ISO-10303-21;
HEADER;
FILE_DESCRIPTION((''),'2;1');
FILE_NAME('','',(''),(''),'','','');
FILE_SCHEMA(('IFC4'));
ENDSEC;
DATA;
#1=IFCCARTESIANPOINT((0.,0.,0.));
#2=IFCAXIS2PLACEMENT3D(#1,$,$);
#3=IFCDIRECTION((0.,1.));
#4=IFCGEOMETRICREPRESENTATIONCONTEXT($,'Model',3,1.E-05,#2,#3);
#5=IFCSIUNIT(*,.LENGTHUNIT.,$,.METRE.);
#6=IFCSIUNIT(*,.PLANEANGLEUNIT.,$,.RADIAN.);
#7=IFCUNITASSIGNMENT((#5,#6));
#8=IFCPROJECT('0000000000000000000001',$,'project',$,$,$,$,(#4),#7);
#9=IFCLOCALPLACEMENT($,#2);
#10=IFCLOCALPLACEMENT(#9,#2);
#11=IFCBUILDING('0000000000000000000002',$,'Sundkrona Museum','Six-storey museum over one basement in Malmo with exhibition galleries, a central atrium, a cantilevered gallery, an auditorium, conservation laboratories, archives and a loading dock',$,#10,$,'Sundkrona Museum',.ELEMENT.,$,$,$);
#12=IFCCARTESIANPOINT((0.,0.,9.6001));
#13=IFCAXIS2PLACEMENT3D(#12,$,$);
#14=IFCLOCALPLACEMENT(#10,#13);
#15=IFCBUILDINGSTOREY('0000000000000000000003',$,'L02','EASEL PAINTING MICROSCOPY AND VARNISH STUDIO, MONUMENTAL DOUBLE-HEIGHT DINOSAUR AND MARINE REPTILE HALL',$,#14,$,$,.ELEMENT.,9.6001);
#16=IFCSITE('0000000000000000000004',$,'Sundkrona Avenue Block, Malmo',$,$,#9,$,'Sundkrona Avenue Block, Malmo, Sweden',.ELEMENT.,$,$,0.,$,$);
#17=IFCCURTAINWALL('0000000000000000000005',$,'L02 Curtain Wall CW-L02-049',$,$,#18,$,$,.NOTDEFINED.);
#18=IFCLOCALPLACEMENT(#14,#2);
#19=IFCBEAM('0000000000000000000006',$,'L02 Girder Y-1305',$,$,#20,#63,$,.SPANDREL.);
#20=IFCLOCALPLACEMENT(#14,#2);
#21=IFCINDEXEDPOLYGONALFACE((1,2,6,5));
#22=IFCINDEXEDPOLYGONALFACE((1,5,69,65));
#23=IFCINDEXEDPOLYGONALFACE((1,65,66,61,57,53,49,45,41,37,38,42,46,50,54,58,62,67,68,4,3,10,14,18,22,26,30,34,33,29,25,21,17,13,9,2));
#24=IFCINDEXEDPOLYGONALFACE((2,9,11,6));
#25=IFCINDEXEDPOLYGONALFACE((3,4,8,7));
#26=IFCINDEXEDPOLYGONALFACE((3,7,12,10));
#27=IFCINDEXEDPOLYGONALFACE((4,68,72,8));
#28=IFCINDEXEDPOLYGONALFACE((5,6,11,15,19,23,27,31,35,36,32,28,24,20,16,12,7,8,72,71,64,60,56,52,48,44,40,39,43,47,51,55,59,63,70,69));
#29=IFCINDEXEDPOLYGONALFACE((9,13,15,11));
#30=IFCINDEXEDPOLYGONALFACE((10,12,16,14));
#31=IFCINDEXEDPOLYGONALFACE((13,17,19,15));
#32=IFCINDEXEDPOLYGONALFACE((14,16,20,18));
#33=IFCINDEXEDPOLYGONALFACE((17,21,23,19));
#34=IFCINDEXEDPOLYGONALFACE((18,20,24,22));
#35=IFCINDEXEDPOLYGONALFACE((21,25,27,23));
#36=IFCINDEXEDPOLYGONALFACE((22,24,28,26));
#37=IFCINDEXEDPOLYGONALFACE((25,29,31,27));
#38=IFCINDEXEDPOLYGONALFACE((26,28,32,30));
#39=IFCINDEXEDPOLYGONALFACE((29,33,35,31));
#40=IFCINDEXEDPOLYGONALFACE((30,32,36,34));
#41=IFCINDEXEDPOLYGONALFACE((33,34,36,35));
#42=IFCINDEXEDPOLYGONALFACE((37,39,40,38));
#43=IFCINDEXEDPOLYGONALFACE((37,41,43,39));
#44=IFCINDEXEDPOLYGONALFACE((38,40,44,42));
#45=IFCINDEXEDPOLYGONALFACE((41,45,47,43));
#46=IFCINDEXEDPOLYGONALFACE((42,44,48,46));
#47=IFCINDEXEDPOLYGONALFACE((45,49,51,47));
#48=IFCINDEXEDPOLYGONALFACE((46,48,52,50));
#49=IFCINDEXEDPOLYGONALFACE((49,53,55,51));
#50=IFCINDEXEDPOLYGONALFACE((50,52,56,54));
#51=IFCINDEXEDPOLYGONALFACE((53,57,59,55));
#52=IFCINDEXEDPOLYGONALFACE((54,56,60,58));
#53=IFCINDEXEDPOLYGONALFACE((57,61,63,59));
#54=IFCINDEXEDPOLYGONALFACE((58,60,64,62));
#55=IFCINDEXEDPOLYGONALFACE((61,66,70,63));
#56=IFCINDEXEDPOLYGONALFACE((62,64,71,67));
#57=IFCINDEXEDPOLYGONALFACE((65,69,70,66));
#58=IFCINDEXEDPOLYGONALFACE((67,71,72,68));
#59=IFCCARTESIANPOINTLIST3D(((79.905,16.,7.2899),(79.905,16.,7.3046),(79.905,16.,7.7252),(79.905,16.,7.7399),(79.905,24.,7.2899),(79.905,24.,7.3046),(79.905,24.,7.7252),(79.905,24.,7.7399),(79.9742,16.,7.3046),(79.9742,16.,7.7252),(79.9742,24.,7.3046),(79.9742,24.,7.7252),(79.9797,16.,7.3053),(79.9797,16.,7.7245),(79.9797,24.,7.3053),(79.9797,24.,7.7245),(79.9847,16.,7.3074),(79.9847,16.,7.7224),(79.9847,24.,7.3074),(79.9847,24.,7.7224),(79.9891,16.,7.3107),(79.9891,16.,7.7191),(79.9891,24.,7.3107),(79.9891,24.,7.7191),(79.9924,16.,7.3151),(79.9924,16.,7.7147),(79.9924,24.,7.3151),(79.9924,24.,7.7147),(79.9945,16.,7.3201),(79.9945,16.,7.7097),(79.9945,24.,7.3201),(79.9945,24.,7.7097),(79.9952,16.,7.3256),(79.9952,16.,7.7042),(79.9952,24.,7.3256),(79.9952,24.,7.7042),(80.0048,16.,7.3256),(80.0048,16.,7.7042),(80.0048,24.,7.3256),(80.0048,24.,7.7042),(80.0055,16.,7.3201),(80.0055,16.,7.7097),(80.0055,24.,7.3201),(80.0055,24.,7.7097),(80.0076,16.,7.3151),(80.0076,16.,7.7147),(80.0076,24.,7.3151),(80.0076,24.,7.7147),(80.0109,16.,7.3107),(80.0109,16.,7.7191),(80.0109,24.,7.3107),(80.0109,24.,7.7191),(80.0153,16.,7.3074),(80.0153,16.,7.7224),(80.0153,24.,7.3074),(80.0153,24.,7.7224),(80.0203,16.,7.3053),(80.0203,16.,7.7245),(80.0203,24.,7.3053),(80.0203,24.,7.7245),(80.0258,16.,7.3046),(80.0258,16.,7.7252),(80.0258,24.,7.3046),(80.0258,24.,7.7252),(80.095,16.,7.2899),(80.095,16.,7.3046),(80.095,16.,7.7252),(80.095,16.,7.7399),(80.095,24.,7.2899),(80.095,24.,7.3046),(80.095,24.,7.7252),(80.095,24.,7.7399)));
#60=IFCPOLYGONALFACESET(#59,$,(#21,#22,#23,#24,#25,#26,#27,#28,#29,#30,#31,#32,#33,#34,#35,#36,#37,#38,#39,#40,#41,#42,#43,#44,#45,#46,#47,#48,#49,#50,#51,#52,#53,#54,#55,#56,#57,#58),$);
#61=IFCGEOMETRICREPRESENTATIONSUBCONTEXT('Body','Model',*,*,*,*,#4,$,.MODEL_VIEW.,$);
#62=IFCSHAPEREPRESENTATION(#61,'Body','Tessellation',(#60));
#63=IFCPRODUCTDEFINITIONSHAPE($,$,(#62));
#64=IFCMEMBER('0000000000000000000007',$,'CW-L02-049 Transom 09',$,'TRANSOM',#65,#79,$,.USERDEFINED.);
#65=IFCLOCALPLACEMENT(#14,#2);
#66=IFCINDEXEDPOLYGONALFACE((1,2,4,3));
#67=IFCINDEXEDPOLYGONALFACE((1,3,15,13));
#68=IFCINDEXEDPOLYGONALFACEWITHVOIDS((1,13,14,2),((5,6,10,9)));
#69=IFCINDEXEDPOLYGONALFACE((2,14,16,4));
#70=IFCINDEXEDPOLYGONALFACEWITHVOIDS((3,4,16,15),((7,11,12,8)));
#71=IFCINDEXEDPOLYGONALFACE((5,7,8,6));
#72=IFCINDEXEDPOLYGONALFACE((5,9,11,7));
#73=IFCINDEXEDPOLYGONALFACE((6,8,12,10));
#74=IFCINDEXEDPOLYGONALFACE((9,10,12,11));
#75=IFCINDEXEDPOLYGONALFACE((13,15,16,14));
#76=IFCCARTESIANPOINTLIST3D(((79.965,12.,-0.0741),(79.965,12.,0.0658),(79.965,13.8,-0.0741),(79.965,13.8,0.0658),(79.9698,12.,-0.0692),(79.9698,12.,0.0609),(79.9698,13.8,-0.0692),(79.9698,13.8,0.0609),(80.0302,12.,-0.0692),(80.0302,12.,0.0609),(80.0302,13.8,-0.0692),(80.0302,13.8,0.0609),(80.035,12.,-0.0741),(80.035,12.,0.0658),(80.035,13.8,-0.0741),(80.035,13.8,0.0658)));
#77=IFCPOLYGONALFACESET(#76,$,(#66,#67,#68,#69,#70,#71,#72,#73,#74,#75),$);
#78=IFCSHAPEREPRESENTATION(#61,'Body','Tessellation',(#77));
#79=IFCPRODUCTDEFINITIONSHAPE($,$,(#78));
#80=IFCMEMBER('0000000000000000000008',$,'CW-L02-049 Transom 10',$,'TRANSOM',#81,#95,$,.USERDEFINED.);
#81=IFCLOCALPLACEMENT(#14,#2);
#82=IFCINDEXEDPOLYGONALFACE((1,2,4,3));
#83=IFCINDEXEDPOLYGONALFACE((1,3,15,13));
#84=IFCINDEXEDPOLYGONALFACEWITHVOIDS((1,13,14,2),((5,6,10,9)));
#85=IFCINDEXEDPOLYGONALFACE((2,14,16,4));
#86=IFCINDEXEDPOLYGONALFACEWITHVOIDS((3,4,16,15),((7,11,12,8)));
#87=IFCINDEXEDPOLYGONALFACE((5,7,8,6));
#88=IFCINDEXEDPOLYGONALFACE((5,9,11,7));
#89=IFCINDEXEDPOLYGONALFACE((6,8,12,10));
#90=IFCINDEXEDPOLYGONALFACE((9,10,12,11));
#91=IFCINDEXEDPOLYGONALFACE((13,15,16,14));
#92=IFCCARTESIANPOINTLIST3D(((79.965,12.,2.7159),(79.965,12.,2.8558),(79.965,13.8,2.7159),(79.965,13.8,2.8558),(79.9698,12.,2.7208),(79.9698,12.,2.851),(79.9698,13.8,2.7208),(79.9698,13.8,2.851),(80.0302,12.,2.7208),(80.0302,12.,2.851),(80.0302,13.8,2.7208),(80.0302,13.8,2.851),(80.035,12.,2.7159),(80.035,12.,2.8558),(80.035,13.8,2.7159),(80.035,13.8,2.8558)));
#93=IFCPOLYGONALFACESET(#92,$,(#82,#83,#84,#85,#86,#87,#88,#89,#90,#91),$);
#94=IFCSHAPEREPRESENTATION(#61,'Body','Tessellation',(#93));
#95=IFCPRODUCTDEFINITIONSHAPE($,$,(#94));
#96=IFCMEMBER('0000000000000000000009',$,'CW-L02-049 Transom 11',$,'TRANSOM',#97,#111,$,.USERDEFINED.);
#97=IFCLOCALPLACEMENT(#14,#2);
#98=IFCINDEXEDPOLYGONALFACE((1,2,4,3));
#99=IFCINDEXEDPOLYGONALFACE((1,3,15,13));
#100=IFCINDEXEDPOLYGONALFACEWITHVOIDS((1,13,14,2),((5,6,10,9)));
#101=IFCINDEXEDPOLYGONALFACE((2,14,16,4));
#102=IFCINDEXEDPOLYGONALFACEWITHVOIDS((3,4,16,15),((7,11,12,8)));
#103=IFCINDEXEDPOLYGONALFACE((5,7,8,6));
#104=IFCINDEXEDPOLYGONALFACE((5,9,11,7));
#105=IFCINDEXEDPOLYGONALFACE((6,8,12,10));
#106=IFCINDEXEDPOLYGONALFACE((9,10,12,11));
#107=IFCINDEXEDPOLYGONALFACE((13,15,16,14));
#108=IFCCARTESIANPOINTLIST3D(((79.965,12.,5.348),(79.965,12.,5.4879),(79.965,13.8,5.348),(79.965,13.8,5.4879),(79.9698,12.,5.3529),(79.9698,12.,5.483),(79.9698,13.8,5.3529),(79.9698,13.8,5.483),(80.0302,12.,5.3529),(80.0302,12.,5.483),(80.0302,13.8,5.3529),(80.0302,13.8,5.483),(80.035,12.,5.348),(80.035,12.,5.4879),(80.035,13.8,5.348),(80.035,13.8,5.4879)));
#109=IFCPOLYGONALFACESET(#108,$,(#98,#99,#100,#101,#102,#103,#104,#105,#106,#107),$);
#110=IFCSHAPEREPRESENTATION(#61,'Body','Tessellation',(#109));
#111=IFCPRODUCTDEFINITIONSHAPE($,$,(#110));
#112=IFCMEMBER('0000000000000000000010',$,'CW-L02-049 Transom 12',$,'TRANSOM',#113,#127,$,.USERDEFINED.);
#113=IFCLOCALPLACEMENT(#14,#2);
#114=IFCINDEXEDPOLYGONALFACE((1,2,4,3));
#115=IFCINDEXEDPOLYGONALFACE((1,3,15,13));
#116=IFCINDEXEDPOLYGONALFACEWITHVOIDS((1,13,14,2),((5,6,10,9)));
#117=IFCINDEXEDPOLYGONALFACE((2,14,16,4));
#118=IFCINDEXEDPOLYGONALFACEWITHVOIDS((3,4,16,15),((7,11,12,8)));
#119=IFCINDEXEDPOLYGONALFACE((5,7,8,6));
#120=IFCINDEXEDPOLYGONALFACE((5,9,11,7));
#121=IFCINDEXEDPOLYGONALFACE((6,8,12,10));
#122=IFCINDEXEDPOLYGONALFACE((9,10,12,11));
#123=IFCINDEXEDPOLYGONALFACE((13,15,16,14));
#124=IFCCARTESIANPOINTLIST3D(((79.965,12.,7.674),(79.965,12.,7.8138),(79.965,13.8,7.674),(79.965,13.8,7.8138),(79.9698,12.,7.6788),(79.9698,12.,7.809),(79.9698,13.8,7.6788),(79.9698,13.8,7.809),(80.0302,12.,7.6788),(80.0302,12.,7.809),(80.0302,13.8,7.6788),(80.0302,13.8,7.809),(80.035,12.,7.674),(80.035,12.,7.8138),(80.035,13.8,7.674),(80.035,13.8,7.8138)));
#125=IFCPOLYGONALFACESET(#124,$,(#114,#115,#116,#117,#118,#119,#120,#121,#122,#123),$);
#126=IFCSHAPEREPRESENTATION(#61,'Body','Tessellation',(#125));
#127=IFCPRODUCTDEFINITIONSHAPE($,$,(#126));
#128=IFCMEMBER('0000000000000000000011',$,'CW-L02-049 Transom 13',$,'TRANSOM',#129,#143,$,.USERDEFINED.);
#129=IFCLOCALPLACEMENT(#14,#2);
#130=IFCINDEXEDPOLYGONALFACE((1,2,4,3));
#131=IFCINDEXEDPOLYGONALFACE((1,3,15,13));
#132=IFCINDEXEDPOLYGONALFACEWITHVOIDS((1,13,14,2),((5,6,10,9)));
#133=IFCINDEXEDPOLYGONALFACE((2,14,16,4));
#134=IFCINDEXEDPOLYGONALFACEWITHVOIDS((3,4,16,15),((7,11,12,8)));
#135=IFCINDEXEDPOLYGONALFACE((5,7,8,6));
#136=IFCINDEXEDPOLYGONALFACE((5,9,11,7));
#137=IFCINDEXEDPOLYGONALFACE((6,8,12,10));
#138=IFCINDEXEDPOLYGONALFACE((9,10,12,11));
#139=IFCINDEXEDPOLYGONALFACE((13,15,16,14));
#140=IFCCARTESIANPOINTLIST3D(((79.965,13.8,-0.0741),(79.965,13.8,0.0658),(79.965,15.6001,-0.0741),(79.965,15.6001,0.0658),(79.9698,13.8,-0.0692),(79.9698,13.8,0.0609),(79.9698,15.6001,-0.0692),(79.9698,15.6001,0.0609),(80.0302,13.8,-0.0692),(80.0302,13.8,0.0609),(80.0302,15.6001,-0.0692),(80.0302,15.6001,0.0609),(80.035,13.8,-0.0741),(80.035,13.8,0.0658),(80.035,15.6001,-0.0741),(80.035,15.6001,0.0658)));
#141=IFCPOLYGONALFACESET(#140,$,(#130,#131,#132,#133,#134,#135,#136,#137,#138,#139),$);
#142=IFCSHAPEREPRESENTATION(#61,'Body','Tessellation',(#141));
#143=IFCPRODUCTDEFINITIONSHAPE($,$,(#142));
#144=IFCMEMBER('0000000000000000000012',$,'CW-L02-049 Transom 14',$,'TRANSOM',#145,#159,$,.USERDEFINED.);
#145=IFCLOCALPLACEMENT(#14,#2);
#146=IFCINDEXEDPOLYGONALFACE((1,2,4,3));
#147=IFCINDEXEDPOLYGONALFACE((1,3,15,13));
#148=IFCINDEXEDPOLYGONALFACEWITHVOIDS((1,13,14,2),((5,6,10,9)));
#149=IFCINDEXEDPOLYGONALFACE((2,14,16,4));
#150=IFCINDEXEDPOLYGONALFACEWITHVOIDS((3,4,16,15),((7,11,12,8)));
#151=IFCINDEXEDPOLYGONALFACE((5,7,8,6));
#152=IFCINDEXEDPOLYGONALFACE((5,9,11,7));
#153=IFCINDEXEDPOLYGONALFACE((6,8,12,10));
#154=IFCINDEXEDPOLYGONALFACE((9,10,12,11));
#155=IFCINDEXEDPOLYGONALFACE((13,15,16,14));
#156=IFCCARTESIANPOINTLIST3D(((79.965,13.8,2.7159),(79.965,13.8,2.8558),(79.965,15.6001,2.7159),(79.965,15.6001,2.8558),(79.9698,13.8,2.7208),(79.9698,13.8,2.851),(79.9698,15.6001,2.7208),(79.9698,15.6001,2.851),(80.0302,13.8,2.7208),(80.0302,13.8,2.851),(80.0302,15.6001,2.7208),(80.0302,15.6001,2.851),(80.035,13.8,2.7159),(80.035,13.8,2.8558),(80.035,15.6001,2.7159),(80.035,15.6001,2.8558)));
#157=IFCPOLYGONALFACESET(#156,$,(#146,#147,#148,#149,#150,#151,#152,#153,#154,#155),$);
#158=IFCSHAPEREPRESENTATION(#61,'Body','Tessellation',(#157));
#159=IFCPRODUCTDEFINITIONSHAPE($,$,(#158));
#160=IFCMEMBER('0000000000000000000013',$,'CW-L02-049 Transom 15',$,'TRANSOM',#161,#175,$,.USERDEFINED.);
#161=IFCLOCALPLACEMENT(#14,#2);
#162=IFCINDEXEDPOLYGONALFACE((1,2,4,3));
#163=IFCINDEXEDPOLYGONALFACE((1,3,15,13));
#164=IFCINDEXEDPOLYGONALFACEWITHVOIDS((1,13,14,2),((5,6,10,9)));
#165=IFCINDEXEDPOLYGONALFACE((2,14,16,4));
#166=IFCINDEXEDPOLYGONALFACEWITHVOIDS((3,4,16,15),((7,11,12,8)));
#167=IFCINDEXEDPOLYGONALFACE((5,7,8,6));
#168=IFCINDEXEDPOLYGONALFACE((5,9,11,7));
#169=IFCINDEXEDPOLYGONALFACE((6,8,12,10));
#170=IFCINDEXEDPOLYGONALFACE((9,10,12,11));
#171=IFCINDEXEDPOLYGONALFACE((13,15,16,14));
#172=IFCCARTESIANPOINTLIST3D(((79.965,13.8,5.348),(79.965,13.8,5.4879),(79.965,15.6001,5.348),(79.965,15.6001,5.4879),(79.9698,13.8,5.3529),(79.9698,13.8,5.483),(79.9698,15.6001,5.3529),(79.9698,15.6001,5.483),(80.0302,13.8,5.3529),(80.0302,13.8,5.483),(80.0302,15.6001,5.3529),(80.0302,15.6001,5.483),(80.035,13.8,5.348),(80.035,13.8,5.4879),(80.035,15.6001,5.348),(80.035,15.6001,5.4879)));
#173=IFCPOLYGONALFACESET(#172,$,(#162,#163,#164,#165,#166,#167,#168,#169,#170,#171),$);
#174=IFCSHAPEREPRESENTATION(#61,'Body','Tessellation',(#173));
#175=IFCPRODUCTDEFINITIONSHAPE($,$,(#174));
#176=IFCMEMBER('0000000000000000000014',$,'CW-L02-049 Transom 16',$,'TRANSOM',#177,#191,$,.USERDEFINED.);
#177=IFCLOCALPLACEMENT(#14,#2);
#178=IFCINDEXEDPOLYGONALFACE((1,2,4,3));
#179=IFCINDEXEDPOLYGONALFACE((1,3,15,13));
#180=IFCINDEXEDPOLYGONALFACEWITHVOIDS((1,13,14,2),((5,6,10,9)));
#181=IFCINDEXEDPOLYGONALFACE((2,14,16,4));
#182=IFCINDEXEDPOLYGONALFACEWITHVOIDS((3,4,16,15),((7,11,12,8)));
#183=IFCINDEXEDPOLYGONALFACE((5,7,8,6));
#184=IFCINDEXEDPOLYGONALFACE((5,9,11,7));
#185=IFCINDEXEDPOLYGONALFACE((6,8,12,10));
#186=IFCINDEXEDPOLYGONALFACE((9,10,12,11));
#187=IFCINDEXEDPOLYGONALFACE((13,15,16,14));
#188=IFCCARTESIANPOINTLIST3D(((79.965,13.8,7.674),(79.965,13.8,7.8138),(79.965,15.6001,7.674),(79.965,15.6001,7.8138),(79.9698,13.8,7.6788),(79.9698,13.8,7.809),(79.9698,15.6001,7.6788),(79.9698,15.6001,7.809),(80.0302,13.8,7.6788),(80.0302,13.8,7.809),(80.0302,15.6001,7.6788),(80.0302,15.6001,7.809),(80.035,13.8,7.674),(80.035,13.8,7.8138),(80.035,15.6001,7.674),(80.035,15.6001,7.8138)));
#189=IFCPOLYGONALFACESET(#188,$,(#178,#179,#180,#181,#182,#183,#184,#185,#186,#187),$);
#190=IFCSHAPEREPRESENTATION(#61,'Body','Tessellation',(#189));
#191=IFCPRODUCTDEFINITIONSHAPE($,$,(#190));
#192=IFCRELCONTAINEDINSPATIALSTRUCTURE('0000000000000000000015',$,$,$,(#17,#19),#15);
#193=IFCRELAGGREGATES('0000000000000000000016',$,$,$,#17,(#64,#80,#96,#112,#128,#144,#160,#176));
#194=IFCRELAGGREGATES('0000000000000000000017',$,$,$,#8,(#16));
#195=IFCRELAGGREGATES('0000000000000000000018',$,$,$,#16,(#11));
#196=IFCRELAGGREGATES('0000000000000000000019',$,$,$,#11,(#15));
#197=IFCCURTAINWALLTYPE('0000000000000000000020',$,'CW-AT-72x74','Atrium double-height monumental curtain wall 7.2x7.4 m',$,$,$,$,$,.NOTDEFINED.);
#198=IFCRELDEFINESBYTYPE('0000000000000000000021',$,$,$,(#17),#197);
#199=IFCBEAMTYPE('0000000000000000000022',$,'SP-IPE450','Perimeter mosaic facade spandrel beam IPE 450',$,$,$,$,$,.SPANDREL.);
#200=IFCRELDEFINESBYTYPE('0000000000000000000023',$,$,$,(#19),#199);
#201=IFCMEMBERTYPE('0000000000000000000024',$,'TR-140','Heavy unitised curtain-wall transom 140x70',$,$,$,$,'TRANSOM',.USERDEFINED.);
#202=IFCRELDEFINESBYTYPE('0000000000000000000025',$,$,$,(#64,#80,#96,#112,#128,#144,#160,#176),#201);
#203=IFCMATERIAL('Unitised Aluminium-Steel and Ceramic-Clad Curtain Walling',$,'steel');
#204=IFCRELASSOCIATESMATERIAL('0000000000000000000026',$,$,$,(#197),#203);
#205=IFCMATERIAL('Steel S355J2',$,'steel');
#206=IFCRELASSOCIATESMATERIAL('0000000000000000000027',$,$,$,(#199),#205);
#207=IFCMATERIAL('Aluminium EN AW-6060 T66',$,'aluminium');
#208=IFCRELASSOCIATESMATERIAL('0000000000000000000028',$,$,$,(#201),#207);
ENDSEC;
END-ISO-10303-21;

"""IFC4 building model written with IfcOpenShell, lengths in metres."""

from ifc_helpers import new_model, si_unit, direction, frame, origin, origin_2d, place, context, subcontext, project, spatial, hollow_rectangle, i_section, extrude, material, material_profile, profile_set, type_object, element, aggregate, save


model = new_model("IFC4")

# Units and contexts
model_context = context("Model", 3, precision=1e-05, world=origin(), true_north=direction((0.0, 1.0)))
body_context = subcontext(model_context, "Body", "Model", "MODEL_VIEW")
ifc_project = project(units=[si_unit("LENGTHUNIT", "METRE"), si_unit("PLANEANGLEUNIT", "RADIAN")], contexts=[model_context])

# Site, building, storey
site_placement = place(None, origin())
site = spatial("IfcSite", under=ifc_project, at=site_placement, Name="Sundkrona Avenue Block, Malmo", LongName="Sundkrona Avenue Block, Malmo, Sweden", CompositionType="ELEMENT", RefElevation=0.0)
building_placement = place(site_placement, origin())
building = spatial("IfcBuilding", under=site, at=building_placement, Name="Sundkrona Museum", Description="Six-storey museum over one basement in Malmo with exhibition galleries, a central atrium, a cantilevered gallery, an auditorium, conservation laboratories, archives and a loading dock", LongName="Sundkrona Museum", CompositionType="ELEMENT")
storey_placement = place(building_placement, frame((0.0, 0.0, 9.6001)))
storey = spatial("IfcBuildingStorey", under=building, at=storey_placement, Name="L02", Description="EASEL PAINTING MICROSCOPY AND VARNISH STUDIO, MONUMENTAL DOUBLE-HEIGHT DINOSAUR AND MARINE REPTILE HALL", CompositionType="ELEMENT", Elevation=9.6001)

# Shared definitions
ifc_material_1 = material(Name="Steel S355J2", Category="steel")

# Curtain wall
ifc_material_2 = material(Name="Unitised Aluminium-Steel and Ceramic-Clad Curtain Walling", Category="steel")
curtain_wall_type = type_object("IfcCurtainWallType", Name="CW-AT-72x74", Description="Atrium double-height monumental curtain wall 7.2x7.4 m", PredefinedType="NOTDEFINED", material=ifc_material_2)
curtain_wall_1_placement = place(storey_placement, origin())
curtain_wall_1 = element("IfcCurtainWall", 1, at=curtain_wall_1_placement, inside=storey, type_object=curtain_wall_type, Name="L02 Curtain Wall CW-L02-049", PredefinedType="NOTDEFINED")
ifc_material_3 = material(Name="Aluminium EN AW-6060 T66", Category="aluminium")

# Beam
ifc_material_profile_1 = material_profile(ifc_material_1, i_section(OverallWidth=0.1899, OverallDepth=0.45, WebThickness=0.0095, FlangeThickness=0.0146, FilletRadius=0.021, at=origin_2d()), Name="IPE 450")
ifc_profile_set_1 = profile_set([ifc_material_profile_1], Name="Steel S355J2")
beam_type_1 = type_object("IfcBeamType", Name="SP-IPE450", Description="Perimeter mosaic facade spandrel beam IPE 450", PredefinedType="SPANDREL", material=ifc_profile_set_1)
beam_1_placement = place(storey_placement, frame((80.0, 16.0, 7.5149), z_axis=(0.0, 1.0, 0.0), x_axis=(-1.0, 0.0, 0.0)))
element("IfcBeam", 2, at=beam_1_placement, inside=storey, type_object=beam_type_1, Name="L02 Girder Y-1305", PredefinedType="SPANDREL", context=body_context, shape_type="SweptSolid", body=[
    extrude(i_section(OverallWidth=0.1899, OverallDepth=0.45, WebThickness=0.0095, FlangeThickness=0.0146, FilletRadius=0.021, at=origin_2d()), origin(), (0.0, 0.0, 1.0), 8.0),
])

# Members
ifc_material_profile_2 = material_profile(ifc_material_3, hollow_rectangle(XDim=0.0701, YDim=0.1399, WallThickness=0.0049, at=origin_2d()), Name="RHS 140x70x5.0")
ifc_profile_set_2 = profile_set([ifc_material_profile_2], Name="Aluminium EN AW-6060 T66")
member_type_1 = type_object("IfcMemberType", Name="TR-140", Description="Heavy unitised curtain-wall transom 140x70", ElementType="TRANSOM", PredefinedType="USERDEFINED", material=ifc_profile_set_2)
member_1_placement = place(storey_placement, frame((80.0, 12.0, -0.0042), z_axis=(0.0, 1.0, 0.0), x_axis=(-1.0, 0.0, 0.0)))
member_1 = element("IfcMember", 3, at=member_1_placement, type_object=member_type_1, Name="CW-L02-049 Transom 09", ObjectType="TRANSOM", PredefinedType="USERDEFINED", context=body_context, shape_type="SweptSolid", body=[
    extrude(hollow_rectangle(XDim=0.0701, YDim=0.1399, WallThickness=0.0049, at=origin_2d()), origin(), (0.0, 0.0, 1.0), 1.8),
])
member_2_placement = place(storey_placement, frame((80.0, 12.0, 2.7859), z_axis=(0.0, 1.0, 0.0), x_axis=(-1.0, 0.0, 0.0)))
member_2 = element("IfcMember", 4, at=member_2_placement, type_object=member_type_1, Name="CW-L02-049 Transom 10", ObjectType="TRANSOM", PredefinedType="USERDEFINED", context=body_context, shape_type="SweptSolid", body=[
    extrude(hollow_rectangle(XDim=0.0701, YDim=0.1399, WallThickness=0.0049, at=origin_2d()), origin(), (0.0, 0.0, 1.0), 1.8),
])
member_3_placement = place(storey_placement, frame((80.0, 12.0, 5.418), z_axis=(0.0, 1.0, 0.0), x_axis=(-1.0, 0.0, 0.0)))
member_3 = element("IfcMember", 5, at=member_3_placement, type_object=member_type_1, Name="CW-L02-049 Transom 11", ObjectType="TRANSOM", PredefinedType="USERDEFINED", context=body_context, shape_type="SweptSolid", body=[
    extrude(hollow_rectangle(XDim=0.0701, YDim=0.1399, WallThickness=0.0049, at=origin_2d()), origin(), (0.0, 0.0, 1.0), 1.8),
])
member_4_placement = place(storey_placement, frame((80.0, 12.0, 7.7439), z_axis=(0.0, 1.0, 0.0), x_axis=(-1.0, 0.0, 0.0)))
member_4 = element("IfcMember", 6, at=member_4_placement, type_object=member_type_1, Name="CW-L02-049 Transom 12", ObjectType="TRANSOM", PredefinedType="USERDEFINED", context=body_context, shape_type="SweptSolid", body=[
    extrude(hollow_rectangle(XDim=0.0701, YDim=0.1399, WallThickness=0.0049, at=origin_2d()), origin(), (0.0, 0.0, 1.0), 1.8),
])
member_5_placement = place(storey_placement, frame((80.0, 13.8, -0.0042), z_axis=(0.0, 1.0, 0.0), x_axis=(-1.0, 0.0, 0.0)))
member_5 = element("IfcMember", 7, at=member_5_placement, type_object=member_type_1, Name="CW-L02-049 Transom 13", ObjectType="TRANSOM", PredefinedType="USERDEFINED", context=body_context, shape_type="SweptSolid", body=[
    extrude(hollow_rectangle(XDim=0.0701, YDim=0.1399, WallThickness=0.0049, at=origin_2d()), origin(), (0.0, 0.0, 1.0), 1.8),
])
member_6_placement = place(storey_placement, frame((80.0, 13.8, 2.7859), z_axis=(0.0, 1.0, 0.0), x_axis=(-1.0, 0.0, 0.0)))
member_6 = element("IfcMember", 8, at=member_6_placement, type_object=member_type_1, Name="CW-L02-049 Transom 14", ObjectType="TRANSOM", PredefinedType="USERDEFINED", context=body_context, shape_type="SweptSolid", body=[
    extrude(hollow_rectangle(XDim=0.0701, YDim=0.1399, WallThickness=0.0049, at=origin_2d()), origin(), (0.0, 0.0, 1.0), 1.8),
])
member_7_placement = place(storey_placement, frame((80.0, 13.8, 5.418), z_axis=(0.0, 1.0, 0.0), x_axis=(-1.0, 0.0, 0.0)))
member_7 = element("IfcMember", 9, at=member_7_placement, type_object=member_type_1, Name="CW-L02-049 Transom 15", ObjectType="TRANSOM", PredefinedType="USERDEFINED", context=body_context, shape_type="SweptSolid", body=[
    extrude(hollow_rectangle(XDim=0.0701, YDim=0.1399, WallThickness=0.0049, at=origin_2d()), origin(), (0.0, 0.0, 1.0), 1.8),
])
member_8_placement = place(storey_placement, frame((80.0, 13.8, 7.7439), z_axis=(0.0, 1.0, 0.0), x_axis=(-1.0, 0.0, 0.0)))
member_8 = element("IfcMember", 10, at=member_8_placement, type_object=member_type_1, Name="CW-L02-049 Transom 16", ObjectType="TRANSOM", PredefinedType="USERDEFINED", context=body_context, shape_type="SweptSolid", body=[
    extrude(hollow_rectangle(XDim=0.0701, YDim=0.1399, WallThickness=0.0049, at=origin_2d()), origin(), (0.0, 0.0, 1.0), 1.8),
])

aggregate(curtain_wall_1, [member_1, member_2, member_3, member_4, member_5, member_6, member_7, member_8])

save(model, "model.ifc")
